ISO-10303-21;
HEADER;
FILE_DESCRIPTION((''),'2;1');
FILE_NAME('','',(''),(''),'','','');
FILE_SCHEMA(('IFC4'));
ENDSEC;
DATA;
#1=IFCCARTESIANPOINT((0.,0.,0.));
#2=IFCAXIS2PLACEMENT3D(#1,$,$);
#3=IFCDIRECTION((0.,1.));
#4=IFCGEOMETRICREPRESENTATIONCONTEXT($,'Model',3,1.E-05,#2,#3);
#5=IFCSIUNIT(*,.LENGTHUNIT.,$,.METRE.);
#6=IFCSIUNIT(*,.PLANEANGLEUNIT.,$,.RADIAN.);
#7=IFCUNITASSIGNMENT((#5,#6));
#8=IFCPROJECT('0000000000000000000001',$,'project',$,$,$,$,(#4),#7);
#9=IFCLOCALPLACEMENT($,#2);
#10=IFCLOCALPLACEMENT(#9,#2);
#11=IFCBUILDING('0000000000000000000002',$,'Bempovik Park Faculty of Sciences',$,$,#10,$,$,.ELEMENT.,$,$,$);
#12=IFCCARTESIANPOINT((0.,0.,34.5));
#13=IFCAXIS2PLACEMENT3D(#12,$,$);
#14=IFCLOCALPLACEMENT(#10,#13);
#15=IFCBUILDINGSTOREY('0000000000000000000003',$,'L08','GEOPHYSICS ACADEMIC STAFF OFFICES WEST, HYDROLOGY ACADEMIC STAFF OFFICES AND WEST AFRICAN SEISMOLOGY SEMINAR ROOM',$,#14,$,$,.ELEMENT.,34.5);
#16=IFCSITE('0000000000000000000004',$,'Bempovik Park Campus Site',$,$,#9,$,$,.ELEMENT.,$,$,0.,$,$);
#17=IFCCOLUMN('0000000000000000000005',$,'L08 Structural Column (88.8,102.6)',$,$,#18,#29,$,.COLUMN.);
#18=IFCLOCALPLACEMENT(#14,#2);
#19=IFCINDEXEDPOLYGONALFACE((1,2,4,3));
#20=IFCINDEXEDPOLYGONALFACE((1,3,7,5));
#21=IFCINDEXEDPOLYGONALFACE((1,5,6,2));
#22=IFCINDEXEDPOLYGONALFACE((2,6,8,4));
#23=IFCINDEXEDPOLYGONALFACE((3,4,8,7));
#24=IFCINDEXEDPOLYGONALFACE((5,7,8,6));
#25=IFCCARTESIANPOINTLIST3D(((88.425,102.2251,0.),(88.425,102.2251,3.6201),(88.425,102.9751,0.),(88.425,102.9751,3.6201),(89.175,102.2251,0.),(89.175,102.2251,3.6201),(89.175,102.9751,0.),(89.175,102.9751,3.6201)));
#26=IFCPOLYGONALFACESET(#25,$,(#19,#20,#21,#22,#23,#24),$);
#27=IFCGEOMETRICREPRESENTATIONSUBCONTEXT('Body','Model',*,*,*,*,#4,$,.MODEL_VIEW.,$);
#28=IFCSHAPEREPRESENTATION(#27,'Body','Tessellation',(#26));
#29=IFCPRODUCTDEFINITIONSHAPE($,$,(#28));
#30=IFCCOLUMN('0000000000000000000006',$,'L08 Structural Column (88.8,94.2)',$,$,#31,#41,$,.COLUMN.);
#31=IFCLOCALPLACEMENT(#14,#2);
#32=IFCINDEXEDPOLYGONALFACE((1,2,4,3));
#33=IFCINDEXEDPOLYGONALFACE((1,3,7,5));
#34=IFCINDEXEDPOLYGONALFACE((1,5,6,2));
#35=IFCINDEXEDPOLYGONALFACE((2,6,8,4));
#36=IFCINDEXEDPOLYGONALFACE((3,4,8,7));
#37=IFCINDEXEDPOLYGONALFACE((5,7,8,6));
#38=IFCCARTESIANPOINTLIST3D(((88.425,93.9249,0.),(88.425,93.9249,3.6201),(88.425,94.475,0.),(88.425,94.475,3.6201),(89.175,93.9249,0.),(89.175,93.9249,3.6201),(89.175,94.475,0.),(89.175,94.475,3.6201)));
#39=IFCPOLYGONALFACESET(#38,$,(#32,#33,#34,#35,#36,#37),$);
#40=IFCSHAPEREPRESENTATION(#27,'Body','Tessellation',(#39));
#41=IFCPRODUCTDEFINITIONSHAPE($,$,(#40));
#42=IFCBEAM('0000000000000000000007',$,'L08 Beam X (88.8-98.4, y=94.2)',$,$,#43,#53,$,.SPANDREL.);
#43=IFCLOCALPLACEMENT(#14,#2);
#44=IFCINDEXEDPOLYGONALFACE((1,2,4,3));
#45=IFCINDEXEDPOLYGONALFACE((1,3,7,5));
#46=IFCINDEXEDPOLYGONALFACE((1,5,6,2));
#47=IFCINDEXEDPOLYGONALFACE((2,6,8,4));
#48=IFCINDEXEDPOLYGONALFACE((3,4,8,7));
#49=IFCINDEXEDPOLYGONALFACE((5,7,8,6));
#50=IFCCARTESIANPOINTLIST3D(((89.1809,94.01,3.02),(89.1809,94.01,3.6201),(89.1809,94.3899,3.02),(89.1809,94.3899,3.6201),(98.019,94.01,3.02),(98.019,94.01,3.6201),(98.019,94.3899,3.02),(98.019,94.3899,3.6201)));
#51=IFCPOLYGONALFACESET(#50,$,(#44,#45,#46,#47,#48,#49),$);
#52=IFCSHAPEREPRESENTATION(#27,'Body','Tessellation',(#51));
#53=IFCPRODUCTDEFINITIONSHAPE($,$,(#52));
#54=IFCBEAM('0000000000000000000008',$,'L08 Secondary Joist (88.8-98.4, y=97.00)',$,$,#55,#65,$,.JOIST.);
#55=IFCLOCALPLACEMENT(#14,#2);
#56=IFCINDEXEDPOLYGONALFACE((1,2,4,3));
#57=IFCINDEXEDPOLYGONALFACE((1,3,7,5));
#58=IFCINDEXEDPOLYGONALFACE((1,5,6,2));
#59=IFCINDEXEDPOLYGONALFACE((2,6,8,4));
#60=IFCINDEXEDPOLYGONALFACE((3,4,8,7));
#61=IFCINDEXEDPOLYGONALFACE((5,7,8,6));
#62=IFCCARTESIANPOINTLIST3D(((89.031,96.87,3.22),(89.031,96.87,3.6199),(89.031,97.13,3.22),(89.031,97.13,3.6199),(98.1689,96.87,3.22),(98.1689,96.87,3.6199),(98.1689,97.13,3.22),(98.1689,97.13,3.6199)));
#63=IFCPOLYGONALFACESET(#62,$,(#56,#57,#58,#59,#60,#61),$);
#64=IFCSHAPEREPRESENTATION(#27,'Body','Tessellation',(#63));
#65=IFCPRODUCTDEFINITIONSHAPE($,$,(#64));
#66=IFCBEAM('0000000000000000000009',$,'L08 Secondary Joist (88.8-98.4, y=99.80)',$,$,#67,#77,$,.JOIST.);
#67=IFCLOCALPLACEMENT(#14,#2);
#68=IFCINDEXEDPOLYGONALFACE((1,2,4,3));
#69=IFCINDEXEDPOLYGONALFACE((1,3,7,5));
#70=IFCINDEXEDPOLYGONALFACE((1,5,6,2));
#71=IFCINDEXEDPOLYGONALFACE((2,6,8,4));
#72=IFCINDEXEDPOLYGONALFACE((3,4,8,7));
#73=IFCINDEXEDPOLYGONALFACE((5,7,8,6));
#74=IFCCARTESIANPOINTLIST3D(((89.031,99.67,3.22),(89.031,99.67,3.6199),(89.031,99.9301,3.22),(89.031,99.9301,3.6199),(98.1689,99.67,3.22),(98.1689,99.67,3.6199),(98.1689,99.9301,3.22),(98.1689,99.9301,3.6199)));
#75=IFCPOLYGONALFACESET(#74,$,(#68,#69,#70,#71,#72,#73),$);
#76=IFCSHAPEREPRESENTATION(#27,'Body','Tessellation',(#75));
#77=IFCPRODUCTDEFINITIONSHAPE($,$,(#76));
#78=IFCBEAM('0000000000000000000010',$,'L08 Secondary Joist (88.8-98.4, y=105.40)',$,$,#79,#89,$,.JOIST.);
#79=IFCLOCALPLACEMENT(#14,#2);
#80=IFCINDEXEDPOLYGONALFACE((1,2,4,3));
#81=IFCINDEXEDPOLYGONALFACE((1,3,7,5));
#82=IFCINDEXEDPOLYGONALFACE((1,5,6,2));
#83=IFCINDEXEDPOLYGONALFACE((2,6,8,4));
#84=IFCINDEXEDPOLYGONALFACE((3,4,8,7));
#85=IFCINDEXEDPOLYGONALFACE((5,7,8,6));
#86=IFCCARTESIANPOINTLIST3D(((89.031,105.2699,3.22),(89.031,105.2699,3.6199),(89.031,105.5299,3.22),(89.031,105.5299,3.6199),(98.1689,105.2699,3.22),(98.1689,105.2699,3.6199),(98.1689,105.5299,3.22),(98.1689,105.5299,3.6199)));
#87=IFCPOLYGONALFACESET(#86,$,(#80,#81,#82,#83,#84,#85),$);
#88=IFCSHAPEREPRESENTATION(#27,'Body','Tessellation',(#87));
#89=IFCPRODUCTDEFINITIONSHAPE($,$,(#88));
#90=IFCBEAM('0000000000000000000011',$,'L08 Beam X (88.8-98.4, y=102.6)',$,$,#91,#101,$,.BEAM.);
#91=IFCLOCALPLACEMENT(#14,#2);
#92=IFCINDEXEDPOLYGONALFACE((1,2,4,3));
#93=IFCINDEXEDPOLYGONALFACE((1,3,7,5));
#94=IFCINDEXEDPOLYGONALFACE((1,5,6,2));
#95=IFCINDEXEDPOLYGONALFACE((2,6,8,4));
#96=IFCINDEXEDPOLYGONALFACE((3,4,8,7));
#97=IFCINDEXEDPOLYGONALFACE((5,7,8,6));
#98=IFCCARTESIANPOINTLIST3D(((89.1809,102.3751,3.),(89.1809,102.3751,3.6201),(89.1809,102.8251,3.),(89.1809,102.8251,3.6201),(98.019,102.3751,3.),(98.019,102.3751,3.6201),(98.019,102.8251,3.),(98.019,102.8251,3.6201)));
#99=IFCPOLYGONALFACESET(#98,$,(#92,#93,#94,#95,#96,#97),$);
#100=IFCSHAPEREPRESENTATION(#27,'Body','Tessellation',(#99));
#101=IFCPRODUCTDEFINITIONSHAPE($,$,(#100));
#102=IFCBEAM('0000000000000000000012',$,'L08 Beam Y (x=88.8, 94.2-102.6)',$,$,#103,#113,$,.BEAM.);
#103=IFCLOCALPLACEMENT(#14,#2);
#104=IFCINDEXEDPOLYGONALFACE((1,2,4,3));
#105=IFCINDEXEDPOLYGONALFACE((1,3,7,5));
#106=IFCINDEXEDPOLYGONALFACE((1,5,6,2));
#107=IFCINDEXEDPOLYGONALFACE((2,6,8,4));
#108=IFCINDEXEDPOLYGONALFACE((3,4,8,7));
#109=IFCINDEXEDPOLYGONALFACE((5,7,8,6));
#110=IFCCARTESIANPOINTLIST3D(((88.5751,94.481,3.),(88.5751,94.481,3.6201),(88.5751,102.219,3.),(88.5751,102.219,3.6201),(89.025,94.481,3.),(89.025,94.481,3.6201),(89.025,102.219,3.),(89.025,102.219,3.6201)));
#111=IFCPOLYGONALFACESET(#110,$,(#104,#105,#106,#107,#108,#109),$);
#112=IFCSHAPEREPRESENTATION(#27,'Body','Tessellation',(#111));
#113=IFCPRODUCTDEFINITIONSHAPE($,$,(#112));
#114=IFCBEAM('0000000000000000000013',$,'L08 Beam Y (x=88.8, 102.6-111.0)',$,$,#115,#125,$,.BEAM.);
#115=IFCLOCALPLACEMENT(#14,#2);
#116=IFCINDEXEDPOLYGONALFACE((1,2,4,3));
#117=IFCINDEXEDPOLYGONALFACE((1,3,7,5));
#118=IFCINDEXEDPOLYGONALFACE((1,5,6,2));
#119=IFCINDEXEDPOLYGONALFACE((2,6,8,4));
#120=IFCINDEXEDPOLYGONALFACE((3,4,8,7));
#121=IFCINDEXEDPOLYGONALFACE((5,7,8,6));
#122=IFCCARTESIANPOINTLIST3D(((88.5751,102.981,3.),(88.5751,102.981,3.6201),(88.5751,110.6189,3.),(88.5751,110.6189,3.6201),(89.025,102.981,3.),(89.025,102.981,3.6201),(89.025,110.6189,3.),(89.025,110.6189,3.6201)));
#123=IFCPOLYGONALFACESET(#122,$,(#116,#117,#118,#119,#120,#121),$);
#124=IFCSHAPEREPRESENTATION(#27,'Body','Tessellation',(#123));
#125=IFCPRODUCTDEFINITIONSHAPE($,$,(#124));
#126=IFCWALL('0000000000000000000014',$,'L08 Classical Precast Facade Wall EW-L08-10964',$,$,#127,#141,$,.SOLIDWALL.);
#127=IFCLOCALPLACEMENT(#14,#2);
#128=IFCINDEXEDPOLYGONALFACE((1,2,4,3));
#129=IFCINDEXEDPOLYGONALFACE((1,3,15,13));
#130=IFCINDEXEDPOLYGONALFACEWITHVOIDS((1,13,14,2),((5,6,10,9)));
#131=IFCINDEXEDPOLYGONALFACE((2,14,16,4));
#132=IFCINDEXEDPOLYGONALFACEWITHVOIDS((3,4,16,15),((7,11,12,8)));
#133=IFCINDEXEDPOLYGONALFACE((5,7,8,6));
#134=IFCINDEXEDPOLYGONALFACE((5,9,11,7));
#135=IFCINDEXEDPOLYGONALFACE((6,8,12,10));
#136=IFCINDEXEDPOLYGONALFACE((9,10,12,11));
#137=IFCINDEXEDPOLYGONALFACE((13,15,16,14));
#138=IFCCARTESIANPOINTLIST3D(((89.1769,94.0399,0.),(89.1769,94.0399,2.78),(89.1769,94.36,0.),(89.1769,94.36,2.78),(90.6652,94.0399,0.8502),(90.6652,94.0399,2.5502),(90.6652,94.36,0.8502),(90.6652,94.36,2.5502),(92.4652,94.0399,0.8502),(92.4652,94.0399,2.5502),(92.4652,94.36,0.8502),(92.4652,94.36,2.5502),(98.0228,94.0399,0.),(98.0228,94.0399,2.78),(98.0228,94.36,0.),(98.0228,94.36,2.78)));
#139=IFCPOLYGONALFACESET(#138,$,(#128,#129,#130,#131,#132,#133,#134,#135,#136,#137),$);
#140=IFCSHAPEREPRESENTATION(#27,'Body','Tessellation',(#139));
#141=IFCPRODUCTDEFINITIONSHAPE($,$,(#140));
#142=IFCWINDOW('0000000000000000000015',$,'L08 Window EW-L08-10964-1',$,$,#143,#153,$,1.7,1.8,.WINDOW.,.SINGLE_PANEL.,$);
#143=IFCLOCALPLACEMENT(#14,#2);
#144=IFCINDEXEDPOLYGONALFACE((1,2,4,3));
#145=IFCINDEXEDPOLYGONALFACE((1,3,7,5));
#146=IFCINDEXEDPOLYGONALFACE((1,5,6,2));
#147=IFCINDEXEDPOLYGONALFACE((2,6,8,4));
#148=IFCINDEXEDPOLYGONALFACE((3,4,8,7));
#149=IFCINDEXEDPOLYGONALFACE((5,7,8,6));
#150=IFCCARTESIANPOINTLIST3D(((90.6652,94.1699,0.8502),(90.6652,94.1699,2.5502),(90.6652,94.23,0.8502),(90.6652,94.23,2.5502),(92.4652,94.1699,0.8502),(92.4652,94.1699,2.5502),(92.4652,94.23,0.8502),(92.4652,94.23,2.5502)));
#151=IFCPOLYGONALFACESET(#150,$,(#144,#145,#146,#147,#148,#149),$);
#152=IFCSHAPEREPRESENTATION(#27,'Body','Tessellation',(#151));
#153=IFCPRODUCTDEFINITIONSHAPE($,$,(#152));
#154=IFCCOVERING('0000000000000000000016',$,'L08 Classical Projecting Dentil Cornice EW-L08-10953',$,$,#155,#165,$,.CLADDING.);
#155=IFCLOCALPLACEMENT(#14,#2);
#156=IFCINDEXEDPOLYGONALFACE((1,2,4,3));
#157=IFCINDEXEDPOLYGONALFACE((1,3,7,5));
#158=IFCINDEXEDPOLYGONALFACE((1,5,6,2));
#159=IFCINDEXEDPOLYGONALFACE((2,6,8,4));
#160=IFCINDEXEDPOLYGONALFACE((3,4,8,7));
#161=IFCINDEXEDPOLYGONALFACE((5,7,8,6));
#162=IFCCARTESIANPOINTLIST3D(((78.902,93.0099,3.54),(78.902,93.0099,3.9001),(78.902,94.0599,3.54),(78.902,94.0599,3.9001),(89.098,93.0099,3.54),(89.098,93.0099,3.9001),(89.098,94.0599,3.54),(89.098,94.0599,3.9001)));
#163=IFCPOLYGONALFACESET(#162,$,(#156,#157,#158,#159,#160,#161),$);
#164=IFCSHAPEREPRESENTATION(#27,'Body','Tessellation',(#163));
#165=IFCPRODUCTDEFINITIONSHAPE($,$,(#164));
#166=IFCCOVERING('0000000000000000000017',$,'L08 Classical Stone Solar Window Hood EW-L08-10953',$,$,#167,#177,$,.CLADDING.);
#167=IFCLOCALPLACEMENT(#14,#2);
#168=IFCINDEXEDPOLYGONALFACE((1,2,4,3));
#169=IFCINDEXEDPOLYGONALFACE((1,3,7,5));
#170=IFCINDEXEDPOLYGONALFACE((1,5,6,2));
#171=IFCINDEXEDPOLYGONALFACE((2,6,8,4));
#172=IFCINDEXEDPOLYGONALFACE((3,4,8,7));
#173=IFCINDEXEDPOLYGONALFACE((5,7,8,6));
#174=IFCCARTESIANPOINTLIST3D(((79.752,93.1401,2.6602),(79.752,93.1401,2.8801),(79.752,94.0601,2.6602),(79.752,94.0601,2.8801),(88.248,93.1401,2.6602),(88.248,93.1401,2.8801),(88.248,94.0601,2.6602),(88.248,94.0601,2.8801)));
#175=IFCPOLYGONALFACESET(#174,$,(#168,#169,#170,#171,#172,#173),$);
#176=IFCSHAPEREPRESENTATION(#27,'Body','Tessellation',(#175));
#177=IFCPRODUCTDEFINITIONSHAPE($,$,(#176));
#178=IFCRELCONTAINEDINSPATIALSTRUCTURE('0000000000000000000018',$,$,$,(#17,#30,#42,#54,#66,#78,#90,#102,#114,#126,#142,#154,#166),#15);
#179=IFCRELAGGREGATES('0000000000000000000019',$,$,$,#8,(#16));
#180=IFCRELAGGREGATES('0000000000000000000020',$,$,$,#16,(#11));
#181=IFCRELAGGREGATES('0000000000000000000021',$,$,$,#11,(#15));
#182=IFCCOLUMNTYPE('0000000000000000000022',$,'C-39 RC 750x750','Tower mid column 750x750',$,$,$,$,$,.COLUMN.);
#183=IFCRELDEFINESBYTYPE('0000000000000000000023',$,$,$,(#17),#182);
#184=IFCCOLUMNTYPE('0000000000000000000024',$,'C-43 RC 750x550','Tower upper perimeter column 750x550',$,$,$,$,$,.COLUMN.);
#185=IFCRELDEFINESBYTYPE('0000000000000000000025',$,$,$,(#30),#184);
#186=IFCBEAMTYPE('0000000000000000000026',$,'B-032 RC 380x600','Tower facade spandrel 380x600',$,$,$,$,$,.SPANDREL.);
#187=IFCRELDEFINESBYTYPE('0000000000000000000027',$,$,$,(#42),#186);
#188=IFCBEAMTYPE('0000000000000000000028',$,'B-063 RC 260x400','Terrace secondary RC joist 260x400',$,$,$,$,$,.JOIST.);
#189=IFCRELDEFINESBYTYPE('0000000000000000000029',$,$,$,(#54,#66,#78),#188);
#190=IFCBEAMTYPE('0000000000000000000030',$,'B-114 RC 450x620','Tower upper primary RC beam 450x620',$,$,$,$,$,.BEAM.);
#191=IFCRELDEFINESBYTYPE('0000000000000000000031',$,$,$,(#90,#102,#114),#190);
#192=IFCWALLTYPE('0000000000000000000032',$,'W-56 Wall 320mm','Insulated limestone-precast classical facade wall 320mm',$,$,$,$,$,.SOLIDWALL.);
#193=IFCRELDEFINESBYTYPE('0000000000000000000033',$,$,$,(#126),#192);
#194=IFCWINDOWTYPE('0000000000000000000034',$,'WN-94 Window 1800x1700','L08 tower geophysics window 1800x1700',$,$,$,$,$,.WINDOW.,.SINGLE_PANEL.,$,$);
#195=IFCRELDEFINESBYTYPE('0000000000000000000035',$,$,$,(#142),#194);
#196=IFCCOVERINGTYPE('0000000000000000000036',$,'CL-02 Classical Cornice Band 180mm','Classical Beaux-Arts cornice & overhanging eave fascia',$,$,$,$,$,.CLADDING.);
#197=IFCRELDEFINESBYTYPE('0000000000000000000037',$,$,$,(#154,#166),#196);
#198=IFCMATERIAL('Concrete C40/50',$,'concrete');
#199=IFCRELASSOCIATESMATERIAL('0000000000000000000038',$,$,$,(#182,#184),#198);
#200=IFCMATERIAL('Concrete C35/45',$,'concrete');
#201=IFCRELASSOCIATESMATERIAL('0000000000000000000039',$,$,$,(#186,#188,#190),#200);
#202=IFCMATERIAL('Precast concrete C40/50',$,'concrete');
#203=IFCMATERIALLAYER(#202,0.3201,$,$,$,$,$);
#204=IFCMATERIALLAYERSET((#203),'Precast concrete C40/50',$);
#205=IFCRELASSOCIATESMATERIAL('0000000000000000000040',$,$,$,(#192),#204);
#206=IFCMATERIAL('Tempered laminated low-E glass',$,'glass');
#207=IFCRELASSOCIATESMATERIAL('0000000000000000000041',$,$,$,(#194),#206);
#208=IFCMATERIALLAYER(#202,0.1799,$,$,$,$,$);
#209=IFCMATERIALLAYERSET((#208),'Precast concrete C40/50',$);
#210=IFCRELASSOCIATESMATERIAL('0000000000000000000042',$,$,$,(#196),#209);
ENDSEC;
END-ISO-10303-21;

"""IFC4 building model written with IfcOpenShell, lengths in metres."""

from ifc_helpers import new_model, si_unit, direction, frame, frame_2d, origin, origin_2d, place, context, subcontext, project, spatial, rectangle, extrude, material, layer, layer_set, material_profile, profile_set, type_object, element, fill, save


model = new_model("IFC4")

# Units and contexts
model_context = context("Model", 3, precision=1e-05, world=origin(), true_north=direction((0.0, 1.0)))
body_context = subcontext(model_context, "Body", "Model", "MODEL_VIEW")
ifc_project = project(units=[si_unit("LENGTHUNIT", "METRE"), si_unit("PLANEANGLEUNIT", "RADIAN")], contexts=[model_context])

# Site, building, storey
site_placement = place(None, origin())
site = spatial("IfcSite", under=ifc_project, at=site_placement, Name="Bempovik Park Campus Site", CompositionType="ELEMENT", RefElevation=0.0)
building_placement = place(site_placement, origin())
building = spatial("IfcBuilding", under=site, at=building_placement, Name="Bempovik Park Faculty of Sciences", CompositionType="ELEMENT")
storey_placement = place(building_placement, frame((0.0, 0.0, 34.5)))
storey = spatial("IfcBuildingStorey", under=building, at=storey_placement, Name="L08", Description="GEOPHYSICS ACADEMIC STAFF OFFICES WEST, HYDROLOGY ACADEMIC STAFF OFFICES AND WEST AFRICAN SEISMOLOGY SEMINAR ROOM", CompositionType="ELEMENT", Elevation=34.5)

# Columns
ifc_material_1 = material(Name="Concrete C40/50", Category="concrete")
ifc_material_profile_1 = material_profile(ifc_material_1, rectangle(XDim=0.75, YDim=0.75, at=origin_2d()), Name="RC 750x750")
ifc_profile_set_1 = profile_set([ifc_material_profile_1], Name="Concrete C40/50")
column_type_1 = type_object("IfcColumnType", Name="C-39 RC 750x750", Description="Tower mid column 750x750", PredefinedType="COLUMN", material=ifc_profile_set_1)
column_1_placement = place(storey_placement, frame((88.8, 102.6001, 0.0), z_axis=(0.0, 0.0, 1.0), x_axis=(1.0, 0.0, 0.0)))
element("IfcColumn", 1, at=column_1_placement, inside=storey, type_object=column_type_1, Name="L08 Structural Column (88.8,102.6)", PredefinedType="COLUMN", context=body_context, shape_type="SweptSolid", body=[
    extrude(rectangle(XDim=0.75, YDim=0.75, at=origin_2d()), origin(), (0.0, 0.0, 1.0), 3.6201),
])
ifc_material_profile_2 = material_profile(ifc_material_1, rectangle(XDim=0.75, YDim=0.55, at=origin_2d()), Name="RC 750x550")
ifc_profile_set_2 = profile_set([ifc_material_profile_2], Name="Concrete C40/50")
column_type_2 = type_object("IfcColumnType", Name="C-43 RC 750x550", Description="Tower upper perimeter column 750x550", PredefinedType="COLUMN", material=ifc_profile_set_2)
column_2_placement = place(storey_placement, frame((88.8, 94.2, 0.0), z_axis=(0.0, 0.0, 1.0), x_axis=(1.0, 0.0, 0.0)))
element("IfcColumn", 2, at=column_2_placement, inside=storey, type_object=column_type_2, Name="L08 Structural Column (88.8,94.2)", PredefinedType="COLUMN", context=body_context, shape_type="SweptSolid", body=[
    extrude(rectangle(XDim=0.75, YDim=0.55, at=origin_2d()), origin(), (0.0, 0.0, 1.0), 3.6201),
])

# Beams
ifc_material_2 = material(Name="Concrete C35/45", Category="concrete")
ifc_material_profile_3 = material_profile(ifc_material_2, rectangle(XDim=0.3799, YDim=0.6001, at=origin_2d()), Name="RC 380x600")
ifc_profile_set_3 = profile_set([ifc_material_profile_3], Name="Concrete C35/45")
beam_type_1 = type_object("IfcBeamType", Name="B-032 RC 380x600", Description="Tower facade spandrel 380x600", PredefinedType="SPANDREL", material=ifc_profile_set_3)
beam_1_placement = place(storey_placement, frame((89.1809, 94.2, 3.3201), z_axis=(1.0, 0.0, 0.0), x_axis=(0.0, 1.0, 0.0)))
element("IfcBeam", 3, at=beam_1_placement, inside=storey, type_object=beam_type_1, Name="L08 Beam X (88.8-98.4, y=94.2)", PredefinedType="SPANDREL", context=body_context, shape_type="SweptSolid", body=[
    extrude(rectangle(XDim=0.3799, YDim=0.6001, at=origin_2d()), origin(), (0.0, 0.0, 1.0), 8.8381),
])
ifc_material_profile_4 = material_profile(ifc_material_2, rectangle(XDim=0.26, YDim=0.3999, at=origin_2d()), Name="RC 260x400")
ifc_profile_set_4 = profile_set([ifc_material_profile_4], Name="Concrete C35/45")
beam_type_2 = type_object("IfcBeamType", Name="B-063 RC 260x400", Description="Terrace secondary RC joist 260x400", PredefinedType="JOIST", material=ifc_profile_set_4)
for number, where, z_axis, x_axis, name in (
    (4, (89.031, 97.0, 3.4199), (1.0, 0.0, 0.0), (0.0, 1.0, 0.0), "L08 Secondary Joist (88.8-98.4, y=97.00)"),
    (5, (89.031, 99.8, 3.4199), (1.0, 0.0, 0.0), (0.0, 1.0, 0.0), "L08 Secondary Joist (88.8-98.4, y=99.80)"),
    (6, (89.031, 105.3999, 3.4199), (1.0, 0.0, 0.0), (0.0, 1.0, 0.0), "L08 Secondary Joist (88.8-98.4, y=105.40)"),
):
    element("IfcBeam", number, at=place(storey_placement, frame(where, z_axis=z_axis, x_axis=x_axis)), inside=storey, type_object=beam_type_2, Name=name, PredefinedType="JOIST", context=body_context, shape_type="SweptSolid", body=[
        extrude(rectangle(XDim=0.26, YDim=0.3999, at=origin_2d()), origin(), (0.0, 0.0, 1.0), 9.1379),
    ])
ifc_material_profile_5 = material_profile(ifc_material_2, rectangle(XDim=0.45, YDim=0.6201, at=origin_2d()), Name="RC 450x620")
ifc_profile_set_5 = profile_set([ifc_material_profile_5], Name="Concrete C35/45")
beam_type_3 = type_object("IfcBeamType", Name="B-114 RC 450x620", Description="Tower upper primary RC beam 450x620", PredefinedType="BEAM", material=ifc_profile_set_5)
beam_2_placement = place(storey_placement, frame((89.1809, 102.6001, 3.3101), z_axis=(1.0, 0.0, 0.0), x_axis=(0.0, 1.0, 0.0)))
element("IfcBeam", 7, at=beam_2_placement, inside=storey, type_object=beam_type_3, Name="L08 Beam X (88.8-98.4, y=102.6)", PredefinedType="BEAM", context=body_context, shape_type="SweptSolid", body=[
    extrude(rectangle(XDim=0.45, YDim=0.6201, at=origin_2d()), origin(), (0.0, 0.0, 1.0), 8.8381),
])
beam_3_placement = place(storey_placement, frame((88.8, 94.481, 3.3101), z_axis=(0.0, 1.0, 0.0), x_axis=(-1.0, 0.0, 0.0)))
element("IfcBeam", 8, at=beam_3_placement, inside=storey, type_object=beam_type_3, Name="L08 Beam Y (x=88.8, 94.2-102.6)", PredefinedType="BEAM", context=body_context, shape_type="SweptSolid", body=[
    extrude(rectangle(XDim=0.45, YDim=0.6201, at=origin_2d()), origin(), (0.0, 0.0, 1.0), 7.738),
])
beam_4_placement = place(storey_placement, frame((88.8, 102.981, 3.3101), z_axis=(0.0, 1.0, 0.0), x_axis=(-1.0, 0.0, 0.0)))
element("IfcBeam", 9, at=beam_4_placement, inside=storey, type_object=beam_type_3, Name="L08 Beam Y (x=88.8, 102.6-111.0)", PredefinedType="BEAM", context=body_context, shape_type="SweptSolid", body=[
    extrude(rectangle(XDim=0.45, YDim=0.6201, at=origin_2d()), origin(), (0.0, 0.0, 1.0), 7.6379),
])

# Wall, opening, window
ifc_material_3 = material(Name="Precast concrete C40/50", Category="concrete")
ifc_layer_1 = layer(ifc_material_3, 0.3201)
ifc_layer_set_1 = layer_set([ifc_layer_1], Name="Precast concrete C40/50")
wall_type = type_object("IfcWallType", Name="W-56 Wall 320mm", Description="Insulated limestone-precast classical facade wall 320mm", PredefinedType="SOLIDWALL", material=ifc_layer_set_1)
wall_placement = place(storey_placement, frame((89.177, 94.2, 0.0), z_axis=(0.0, 0.0, 1.0), x_axis=(1.0, 0.0, 0.0)))
wall = element("IfcWall", 10, at=wall_placement, inside=storey, type_object=wall_type, Name="L08 Classical Precast Facade Wall EW-L08-10964", PredefinedType="SOLIDWALL", context=body_context, shape_type="SweptSolid", body=[
    extrude(rectangle(XDim=8.8459, YDim=0.3201, at=frame_2d((4.4229, 0.0))), origin(), (0.0, 0.0, 1.0), 2.78),
])
opening_placement = place(wall_placement, frame((1.4883, 0.0, 0.8501)))
opening = element("IfcOpeningElement", 11, at=opening_placement, cuts=wall, PredefinedType="OPENING", context=body_context, shape_type="SweptSolid", body=[
    extrude(rectangle(XDim=1.8, YDim=1.7, at=frame_2d((0.8999, 0.8501))), frame((0.0, 0.1699, 0.0), z_axis=(0.0, -1.0, 0.0), x_axis=(1.0, 0.0, 0.0)), (0.0, 0.0, 1.0), 0.3401),
])
ifc_material_4 = material(Name="Tempered laminated low-E glass", Category="glass")
window_type = type_object("IfcWindowType", Name="WN-94 Window 1800x1700", Description="L08 tower geophysics window 1800x1700", PartitioningType="SINGLE_PANEL", PredefinedType="WINDOW", material=ifc_material_4)
window_placement = place(opening_placement, origin())
window = element("IfcWindow", 12, at=window_placement, inside=storey, type_object=window_type, Name="L08 Window EW-L08-10964-1", OverallHeight=1.7, OverallWidth=1.8, PartitioningType="SINGLE_PANEL", PredefinedType="WINDOW", context=body_context, shape_type="SweptSolid", body=[
    extrude(rectangle(XDim=1.8, YDim=1.7, at=frame_2d((0.8999, 0.8501))), frame((0.0, 0.03, 0.0), z_axis=(0.0, -1.0, 0.0), x_axis=(1.0, 0.0, 0.0)), (0.0, 0.0, 1.0), 0.0601),
])
fill(opening, window)

# Coverings
ifc_layer_2 = layer(ifc_material_3, 0.1799)
ifc_layer_set_2 = layer_set([ifc_layer_2], Name="Precast concrete C40/50")
covering_type_1 = type_object("IfcCoveringType", Name="CL-02 Classical Cornice Band 180mm", Description="Classical Beaux-Arts cornice & overhanging eave fascia", PredefinedType="CLADDING", material=ifc_layer_set_2)
covering_1_placement = place(storey_placement, frame((84.0, 93.5349, 3.54), z_axis=(0.0, 0.0, 1.0), x_axis=(1.0, 0.0, 0.0)))
element("IfcCovering", 13, at=covering_1_placement, inside=storey, type_object=covering_type_1, Name="L08 Classical Projecting Dentil Cornice EW-L08-10953", PredefinedType="CLADDING", context=body_context, shape_type="SweptSolid", body=[
    extrude(rectangle(XDim=10.196, YDim=1.05, at=origin_2d()), origin(), (0.0, 0.0, 1.0), 0.3601),
])
covering_2_placement = place(storey_placement, frame((84.0, 93.6001, 2.6602), z_axis=(0.0, 0.0, 1.0), x_axis=(1.0, 0.0, 0.0)))
element("IfcCovering", 14, at=covering_2_placement, inside=storey, type_object=covering_type_1, Name="L08 Classical Stone Solar Window Hood EW-L08-10953", PredefinedType="CLADDING", context=body_context, shape_type="SweptSolid", body=[
    extrude(rectangle(XDim=8.4961, YDim=0.9199, at=origin_2d()), origin(), (0.0, 0.0, 1.0), 0.22),
])

save(model, "model.ifc")
